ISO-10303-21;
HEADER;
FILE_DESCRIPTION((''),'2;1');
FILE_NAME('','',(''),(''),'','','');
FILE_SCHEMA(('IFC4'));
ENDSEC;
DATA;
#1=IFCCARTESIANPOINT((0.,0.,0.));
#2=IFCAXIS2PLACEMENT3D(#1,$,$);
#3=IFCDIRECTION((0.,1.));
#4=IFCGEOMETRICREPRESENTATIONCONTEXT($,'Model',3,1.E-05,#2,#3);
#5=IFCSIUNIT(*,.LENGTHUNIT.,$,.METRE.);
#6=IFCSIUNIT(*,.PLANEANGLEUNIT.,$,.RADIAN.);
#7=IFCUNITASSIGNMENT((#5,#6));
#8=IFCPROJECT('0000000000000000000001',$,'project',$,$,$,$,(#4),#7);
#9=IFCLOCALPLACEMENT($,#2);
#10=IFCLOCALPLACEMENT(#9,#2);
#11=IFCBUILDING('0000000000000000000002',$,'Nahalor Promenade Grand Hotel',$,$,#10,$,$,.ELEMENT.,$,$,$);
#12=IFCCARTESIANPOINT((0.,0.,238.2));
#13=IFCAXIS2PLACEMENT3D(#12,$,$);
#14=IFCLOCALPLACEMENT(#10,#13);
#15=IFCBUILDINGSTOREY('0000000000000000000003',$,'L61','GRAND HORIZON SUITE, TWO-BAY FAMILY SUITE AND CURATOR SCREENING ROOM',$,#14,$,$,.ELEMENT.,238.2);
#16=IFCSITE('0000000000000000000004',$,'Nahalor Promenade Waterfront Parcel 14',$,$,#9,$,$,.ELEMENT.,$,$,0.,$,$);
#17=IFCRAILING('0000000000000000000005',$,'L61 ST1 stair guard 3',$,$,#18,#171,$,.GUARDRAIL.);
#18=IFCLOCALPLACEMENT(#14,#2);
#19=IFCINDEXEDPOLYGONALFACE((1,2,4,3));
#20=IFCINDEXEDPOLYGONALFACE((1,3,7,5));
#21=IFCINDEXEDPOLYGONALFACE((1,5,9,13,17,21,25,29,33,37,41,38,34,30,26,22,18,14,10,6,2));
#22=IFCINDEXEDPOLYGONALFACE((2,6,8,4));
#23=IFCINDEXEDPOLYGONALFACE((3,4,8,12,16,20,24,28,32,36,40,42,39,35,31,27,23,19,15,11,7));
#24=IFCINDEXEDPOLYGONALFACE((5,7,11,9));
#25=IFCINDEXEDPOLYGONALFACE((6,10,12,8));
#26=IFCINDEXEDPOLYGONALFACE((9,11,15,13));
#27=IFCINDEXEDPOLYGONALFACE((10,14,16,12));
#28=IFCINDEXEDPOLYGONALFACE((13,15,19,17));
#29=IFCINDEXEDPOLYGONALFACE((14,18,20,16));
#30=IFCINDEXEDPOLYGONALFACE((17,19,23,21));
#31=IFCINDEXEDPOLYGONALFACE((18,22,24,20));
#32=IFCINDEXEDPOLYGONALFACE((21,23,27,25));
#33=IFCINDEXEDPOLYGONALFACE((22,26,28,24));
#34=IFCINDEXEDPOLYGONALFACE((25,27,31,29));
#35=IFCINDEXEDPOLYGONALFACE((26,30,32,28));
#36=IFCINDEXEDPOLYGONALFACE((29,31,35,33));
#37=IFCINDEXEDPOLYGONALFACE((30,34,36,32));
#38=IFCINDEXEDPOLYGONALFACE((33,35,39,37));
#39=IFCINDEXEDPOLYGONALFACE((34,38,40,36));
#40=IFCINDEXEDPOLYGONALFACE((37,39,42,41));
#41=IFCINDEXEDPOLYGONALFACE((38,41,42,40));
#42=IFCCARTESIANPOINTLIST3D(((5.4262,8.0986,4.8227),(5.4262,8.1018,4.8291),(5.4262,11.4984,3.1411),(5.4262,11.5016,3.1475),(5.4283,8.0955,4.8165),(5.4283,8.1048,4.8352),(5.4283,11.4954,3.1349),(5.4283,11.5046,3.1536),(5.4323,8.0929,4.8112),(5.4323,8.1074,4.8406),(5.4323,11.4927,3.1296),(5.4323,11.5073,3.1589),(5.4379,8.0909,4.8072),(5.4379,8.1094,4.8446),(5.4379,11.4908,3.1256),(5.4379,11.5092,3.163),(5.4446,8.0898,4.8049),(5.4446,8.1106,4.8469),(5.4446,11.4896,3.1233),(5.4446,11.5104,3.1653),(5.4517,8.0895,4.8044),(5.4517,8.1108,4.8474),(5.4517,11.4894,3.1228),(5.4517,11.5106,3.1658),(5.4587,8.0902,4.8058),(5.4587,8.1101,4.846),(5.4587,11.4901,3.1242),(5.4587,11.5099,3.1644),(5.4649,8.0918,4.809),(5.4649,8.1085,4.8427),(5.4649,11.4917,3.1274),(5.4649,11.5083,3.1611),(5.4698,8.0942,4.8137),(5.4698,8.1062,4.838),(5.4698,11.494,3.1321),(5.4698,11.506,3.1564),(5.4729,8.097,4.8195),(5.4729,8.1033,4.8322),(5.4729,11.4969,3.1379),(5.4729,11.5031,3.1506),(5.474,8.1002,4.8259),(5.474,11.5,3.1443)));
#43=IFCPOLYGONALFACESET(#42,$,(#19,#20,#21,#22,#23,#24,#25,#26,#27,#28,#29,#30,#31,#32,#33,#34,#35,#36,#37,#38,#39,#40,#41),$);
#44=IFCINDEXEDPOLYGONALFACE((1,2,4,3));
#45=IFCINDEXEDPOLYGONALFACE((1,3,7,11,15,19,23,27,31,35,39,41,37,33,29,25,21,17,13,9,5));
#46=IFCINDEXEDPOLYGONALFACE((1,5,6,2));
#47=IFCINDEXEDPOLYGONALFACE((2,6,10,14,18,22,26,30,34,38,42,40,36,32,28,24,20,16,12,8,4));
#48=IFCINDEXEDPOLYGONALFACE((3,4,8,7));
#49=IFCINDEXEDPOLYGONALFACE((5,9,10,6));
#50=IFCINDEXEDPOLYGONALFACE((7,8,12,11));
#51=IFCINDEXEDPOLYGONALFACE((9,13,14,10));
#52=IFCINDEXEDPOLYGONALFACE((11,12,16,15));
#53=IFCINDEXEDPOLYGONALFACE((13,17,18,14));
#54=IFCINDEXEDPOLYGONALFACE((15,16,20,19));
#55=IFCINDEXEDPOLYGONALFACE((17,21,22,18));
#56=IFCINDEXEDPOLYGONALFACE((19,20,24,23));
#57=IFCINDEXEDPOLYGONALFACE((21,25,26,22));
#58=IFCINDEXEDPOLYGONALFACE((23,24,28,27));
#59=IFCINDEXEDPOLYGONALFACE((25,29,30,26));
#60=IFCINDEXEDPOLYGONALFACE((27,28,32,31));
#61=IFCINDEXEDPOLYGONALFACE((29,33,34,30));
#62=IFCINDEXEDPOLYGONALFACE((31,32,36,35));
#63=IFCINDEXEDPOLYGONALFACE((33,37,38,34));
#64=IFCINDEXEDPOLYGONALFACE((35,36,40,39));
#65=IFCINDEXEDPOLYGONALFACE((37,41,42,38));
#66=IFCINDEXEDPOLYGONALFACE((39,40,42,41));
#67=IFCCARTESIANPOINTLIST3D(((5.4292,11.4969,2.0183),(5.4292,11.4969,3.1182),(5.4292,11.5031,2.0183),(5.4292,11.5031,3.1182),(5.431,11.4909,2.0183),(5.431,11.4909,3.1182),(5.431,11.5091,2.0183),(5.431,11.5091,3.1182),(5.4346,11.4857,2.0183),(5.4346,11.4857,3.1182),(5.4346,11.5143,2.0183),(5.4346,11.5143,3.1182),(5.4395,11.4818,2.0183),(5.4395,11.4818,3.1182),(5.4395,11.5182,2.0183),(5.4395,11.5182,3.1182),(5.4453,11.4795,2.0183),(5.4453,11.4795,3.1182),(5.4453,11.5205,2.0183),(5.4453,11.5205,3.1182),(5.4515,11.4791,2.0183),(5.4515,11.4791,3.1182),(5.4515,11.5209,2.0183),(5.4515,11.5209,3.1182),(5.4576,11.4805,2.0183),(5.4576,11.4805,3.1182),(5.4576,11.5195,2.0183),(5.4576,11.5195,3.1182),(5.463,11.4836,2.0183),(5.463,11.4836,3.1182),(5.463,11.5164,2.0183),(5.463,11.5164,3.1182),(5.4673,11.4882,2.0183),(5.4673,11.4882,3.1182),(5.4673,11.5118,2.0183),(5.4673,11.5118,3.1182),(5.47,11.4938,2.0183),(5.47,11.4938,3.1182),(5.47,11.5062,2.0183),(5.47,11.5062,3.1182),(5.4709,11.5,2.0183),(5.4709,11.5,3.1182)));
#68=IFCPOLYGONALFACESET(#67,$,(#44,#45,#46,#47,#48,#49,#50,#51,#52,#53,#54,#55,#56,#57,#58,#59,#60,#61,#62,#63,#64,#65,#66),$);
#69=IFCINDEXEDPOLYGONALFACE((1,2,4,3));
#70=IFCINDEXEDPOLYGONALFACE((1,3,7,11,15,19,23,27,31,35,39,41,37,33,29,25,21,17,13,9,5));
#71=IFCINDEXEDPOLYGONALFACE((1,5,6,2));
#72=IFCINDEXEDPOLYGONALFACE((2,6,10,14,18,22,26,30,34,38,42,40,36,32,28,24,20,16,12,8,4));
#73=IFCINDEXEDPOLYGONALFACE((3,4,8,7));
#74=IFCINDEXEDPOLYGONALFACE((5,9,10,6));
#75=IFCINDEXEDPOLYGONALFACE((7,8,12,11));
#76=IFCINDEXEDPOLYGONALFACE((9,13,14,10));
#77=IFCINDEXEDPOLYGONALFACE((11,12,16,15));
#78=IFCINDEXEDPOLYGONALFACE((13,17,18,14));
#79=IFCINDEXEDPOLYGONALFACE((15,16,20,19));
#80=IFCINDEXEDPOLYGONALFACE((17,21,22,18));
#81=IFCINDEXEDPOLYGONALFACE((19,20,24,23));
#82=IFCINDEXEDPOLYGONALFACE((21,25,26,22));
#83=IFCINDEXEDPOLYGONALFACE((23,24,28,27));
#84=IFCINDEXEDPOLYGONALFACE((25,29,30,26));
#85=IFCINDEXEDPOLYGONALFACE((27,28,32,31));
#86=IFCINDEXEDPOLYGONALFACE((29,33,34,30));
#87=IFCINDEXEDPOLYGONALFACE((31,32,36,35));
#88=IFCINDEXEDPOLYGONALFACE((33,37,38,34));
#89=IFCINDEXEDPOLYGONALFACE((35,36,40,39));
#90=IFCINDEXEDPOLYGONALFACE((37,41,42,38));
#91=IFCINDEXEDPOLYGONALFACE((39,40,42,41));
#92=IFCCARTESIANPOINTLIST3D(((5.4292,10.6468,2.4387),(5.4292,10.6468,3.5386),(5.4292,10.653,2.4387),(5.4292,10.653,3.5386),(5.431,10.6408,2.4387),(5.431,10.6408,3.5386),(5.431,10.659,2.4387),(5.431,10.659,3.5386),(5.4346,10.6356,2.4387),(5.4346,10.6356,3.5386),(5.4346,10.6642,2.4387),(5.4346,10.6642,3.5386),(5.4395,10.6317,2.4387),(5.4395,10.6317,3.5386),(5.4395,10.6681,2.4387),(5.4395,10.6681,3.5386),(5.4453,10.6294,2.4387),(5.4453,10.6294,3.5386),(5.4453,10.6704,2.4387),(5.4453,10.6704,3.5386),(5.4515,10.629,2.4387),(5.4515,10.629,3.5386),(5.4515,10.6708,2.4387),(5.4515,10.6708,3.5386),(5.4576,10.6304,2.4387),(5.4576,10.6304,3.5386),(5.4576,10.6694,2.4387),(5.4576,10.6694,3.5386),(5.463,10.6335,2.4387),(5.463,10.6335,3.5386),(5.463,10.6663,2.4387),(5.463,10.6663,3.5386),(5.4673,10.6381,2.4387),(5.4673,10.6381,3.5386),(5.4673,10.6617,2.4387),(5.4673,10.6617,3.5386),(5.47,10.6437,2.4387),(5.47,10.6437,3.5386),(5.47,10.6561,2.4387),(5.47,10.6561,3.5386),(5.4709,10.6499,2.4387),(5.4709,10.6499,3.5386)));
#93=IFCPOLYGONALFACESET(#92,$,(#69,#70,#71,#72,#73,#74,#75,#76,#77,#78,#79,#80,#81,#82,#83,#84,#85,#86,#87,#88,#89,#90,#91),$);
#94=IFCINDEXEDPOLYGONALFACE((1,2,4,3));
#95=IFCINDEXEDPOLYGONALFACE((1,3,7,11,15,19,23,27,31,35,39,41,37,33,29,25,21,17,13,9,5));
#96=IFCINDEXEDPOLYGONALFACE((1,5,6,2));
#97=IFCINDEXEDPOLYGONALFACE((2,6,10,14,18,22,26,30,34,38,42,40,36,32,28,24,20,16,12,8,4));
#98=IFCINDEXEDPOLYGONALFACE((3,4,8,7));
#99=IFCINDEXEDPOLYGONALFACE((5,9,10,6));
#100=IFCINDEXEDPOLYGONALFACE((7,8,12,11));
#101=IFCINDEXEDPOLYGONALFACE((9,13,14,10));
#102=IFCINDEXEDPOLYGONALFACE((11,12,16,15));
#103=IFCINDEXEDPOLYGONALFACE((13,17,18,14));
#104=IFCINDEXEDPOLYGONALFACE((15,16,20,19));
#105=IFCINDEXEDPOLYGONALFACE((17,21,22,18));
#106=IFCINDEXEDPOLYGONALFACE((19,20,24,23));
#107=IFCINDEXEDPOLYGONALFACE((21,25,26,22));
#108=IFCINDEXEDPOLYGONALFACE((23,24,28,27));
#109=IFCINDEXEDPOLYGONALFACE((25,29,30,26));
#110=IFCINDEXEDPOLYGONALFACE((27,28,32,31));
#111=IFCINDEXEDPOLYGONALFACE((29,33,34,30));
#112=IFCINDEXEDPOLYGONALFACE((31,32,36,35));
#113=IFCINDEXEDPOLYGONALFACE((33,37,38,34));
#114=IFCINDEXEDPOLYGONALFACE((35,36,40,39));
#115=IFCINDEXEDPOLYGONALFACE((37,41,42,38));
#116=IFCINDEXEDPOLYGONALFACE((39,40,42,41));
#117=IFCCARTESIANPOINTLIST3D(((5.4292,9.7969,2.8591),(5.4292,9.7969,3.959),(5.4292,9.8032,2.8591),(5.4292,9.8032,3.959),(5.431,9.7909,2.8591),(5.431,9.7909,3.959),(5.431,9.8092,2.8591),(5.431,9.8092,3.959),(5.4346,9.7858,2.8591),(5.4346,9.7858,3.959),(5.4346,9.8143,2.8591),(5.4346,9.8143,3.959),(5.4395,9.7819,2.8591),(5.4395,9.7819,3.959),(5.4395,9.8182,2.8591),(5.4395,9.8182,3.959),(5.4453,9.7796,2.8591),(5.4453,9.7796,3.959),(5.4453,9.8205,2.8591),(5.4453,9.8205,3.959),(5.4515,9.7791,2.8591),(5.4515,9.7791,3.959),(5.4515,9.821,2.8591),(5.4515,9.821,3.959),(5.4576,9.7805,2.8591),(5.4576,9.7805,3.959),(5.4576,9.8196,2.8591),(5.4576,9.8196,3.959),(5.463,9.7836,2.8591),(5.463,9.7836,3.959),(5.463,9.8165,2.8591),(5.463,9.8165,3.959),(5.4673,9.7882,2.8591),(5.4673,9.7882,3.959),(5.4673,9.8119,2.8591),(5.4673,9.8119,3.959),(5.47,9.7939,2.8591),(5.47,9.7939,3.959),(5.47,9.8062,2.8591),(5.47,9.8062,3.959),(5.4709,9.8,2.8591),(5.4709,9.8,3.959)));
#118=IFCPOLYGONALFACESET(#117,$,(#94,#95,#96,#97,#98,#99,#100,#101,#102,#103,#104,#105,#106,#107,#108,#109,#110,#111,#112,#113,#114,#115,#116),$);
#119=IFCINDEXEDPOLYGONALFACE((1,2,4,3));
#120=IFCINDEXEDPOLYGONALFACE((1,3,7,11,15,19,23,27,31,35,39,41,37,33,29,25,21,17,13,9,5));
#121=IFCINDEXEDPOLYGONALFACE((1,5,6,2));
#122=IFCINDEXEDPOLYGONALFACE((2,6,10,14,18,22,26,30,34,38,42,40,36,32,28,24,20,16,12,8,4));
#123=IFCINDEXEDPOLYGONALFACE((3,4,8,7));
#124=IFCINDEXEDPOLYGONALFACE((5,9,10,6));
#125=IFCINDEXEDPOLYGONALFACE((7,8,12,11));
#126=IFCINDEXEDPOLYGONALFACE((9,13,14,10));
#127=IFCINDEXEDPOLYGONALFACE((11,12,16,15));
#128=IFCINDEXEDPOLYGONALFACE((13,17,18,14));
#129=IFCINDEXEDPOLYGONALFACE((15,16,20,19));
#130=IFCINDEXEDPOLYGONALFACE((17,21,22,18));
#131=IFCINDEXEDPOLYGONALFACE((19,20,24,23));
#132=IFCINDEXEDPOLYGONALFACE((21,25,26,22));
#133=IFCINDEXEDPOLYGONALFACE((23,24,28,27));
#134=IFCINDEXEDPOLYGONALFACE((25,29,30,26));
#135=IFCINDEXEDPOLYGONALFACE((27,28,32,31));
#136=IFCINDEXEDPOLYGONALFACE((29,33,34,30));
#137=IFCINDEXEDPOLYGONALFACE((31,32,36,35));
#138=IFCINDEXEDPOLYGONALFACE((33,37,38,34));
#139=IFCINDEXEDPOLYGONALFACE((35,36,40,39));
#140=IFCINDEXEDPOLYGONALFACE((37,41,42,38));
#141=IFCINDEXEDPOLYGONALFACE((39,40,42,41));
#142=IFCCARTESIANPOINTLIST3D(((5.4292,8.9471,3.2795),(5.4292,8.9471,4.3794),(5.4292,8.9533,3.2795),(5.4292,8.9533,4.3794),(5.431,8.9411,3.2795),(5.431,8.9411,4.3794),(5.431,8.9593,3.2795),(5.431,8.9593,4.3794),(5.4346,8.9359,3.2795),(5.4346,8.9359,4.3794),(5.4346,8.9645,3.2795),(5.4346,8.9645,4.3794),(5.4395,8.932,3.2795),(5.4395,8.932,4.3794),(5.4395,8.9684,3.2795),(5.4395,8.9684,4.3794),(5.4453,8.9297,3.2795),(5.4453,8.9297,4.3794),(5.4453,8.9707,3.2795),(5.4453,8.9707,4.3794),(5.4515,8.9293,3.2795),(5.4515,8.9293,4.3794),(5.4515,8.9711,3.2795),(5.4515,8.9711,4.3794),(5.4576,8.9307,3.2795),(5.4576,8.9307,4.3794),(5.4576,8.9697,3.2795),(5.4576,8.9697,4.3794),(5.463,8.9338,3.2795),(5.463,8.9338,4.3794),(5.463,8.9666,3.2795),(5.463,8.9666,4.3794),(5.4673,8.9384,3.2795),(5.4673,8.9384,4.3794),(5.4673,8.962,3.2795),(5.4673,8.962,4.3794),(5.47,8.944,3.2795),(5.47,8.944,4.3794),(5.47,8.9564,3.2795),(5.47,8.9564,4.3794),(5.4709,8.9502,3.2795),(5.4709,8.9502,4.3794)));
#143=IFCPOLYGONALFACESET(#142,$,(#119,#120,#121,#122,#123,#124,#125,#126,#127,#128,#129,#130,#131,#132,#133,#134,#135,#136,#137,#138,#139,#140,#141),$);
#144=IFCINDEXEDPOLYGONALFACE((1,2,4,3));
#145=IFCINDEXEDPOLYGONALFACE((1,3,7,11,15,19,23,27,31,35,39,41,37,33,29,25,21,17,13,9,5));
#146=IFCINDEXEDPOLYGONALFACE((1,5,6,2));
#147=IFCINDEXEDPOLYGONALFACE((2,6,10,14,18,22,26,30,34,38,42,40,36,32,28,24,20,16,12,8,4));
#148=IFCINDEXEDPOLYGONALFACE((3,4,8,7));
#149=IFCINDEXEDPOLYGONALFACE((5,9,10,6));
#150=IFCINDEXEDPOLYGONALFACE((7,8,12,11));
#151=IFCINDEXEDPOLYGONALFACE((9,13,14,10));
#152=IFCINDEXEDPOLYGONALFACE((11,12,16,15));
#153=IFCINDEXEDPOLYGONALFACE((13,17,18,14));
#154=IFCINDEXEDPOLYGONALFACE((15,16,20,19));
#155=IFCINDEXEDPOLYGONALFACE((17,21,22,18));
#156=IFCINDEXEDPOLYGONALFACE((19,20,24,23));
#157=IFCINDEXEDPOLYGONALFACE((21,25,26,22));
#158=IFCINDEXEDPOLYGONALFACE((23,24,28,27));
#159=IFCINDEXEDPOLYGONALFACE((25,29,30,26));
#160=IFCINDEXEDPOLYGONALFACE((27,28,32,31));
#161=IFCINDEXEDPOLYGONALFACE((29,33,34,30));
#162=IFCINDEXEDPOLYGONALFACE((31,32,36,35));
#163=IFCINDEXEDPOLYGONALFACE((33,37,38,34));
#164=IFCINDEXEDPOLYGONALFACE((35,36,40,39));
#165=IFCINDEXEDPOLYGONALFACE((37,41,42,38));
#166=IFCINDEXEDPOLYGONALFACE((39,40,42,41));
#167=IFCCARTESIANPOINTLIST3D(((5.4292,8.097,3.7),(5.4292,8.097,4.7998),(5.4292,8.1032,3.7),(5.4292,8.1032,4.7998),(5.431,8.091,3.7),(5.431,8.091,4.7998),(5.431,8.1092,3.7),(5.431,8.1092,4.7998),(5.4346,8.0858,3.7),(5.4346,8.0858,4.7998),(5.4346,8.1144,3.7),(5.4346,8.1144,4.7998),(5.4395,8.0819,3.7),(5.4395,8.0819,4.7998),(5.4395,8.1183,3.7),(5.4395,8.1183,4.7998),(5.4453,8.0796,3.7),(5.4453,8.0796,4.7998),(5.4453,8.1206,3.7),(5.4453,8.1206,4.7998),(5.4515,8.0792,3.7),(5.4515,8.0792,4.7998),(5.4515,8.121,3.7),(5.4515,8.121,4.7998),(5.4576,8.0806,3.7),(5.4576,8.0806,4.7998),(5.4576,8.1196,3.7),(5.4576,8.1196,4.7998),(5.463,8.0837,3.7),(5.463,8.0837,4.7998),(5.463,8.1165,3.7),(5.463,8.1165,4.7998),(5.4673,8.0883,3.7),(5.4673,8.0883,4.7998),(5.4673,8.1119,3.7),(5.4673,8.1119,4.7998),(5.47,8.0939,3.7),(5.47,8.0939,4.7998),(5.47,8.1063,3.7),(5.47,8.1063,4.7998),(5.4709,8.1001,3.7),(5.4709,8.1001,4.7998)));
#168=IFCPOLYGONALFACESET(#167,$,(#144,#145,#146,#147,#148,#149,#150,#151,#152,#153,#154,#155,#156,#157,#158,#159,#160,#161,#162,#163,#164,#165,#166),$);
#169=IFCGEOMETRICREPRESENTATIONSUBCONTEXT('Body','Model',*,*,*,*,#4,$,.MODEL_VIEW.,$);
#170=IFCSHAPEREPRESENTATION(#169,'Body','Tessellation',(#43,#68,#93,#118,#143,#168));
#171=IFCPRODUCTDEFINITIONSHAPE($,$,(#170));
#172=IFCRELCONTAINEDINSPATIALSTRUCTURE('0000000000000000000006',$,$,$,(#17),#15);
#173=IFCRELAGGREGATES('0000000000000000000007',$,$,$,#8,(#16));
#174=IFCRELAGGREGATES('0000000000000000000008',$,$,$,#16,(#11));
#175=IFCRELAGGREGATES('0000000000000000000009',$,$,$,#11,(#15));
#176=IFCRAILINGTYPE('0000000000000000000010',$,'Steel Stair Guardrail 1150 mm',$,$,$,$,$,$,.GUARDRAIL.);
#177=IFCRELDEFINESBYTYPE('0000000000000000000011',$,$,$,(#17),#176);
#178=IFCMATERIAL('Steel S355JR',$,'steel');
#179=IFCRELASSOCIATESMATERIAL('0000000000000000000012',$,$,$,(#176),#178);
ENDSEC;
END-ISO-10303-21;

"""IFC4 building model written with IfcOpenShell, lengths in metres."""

from ifc_helpers import new_model, si_unit, direction, frame, origin, origin_2d, place, context, subcontext, project, spatial, circle, extrude, material, type_object, element, save


model = new_model("IFC4")

# Units and contexts
model_context = context("Model", 3, precision=1e-05, world=origin(), true_north=direction((0.0, 1.0)))
body_context = subcontext(model_context, "Body", "Model", "MODEL_VIEW")
ifc_project = project(units=[si_unit("LENGTHUNIT", "METRE"), si_unit("PLANEANGLEUNIT", "RADIAN")], contexts=[model_context])

# Site, building, storey
site_placement = place(None, origin())
site = spatial("IfcSite", under=ifc_project, at=site_placement, Name="Nahalor Promenade Waterfront Parcel 14", CompositionType="ELEMENT", RefElevation=0.0)
building_placement = place(site_placement, origin())
building = spatial("IfcBuilding", under=site, at=building_placement, Name="Nahalor Promenade Grand Hotel", CompositionType="ELEMENT")
storey_placement = place(building_placement, frame((0.0, 0.0, 238.2)))
storey = spatial("IfcBuildingStorey", under=building, at=storey_placement, Name="L61", Description="GRAND HORIZON SUITE, TWO-BAY FAMILY SUITE AND CURATOR SCREENING ROOM", CompositionType="ELEMENT", Elevation=238.2)

# Shared definitions
ifc_material_1 = material(Name="Steel S355JR", Category="steel")

# Railing
railing_type_1 = type_object("IfcRailingType", Name="Steel Stair Guardrail 1150 mm", PredefinedType="GUARDRAIL", material=ifc_material_1)
railing_1_placement = place(storey_placement, frame((5.45, 11.5, 2.0183)))
element("IfcRailing", 1, at=railing_1_placement, inside=storey, type_object=railing_type_1, Name="L61 ST1 stair guard 3", PredefinedType="GUARDRAIL", context=body_context, shape_type="SweptSolid", body=[
    extrude(circle(Radius=0.024, at=origin_2d()), frame((0.0, 0.0, 1.126), z_axis=(0.0, -0.89635, 0.443348), x_axis=(1.0, 0.0, 0.0)), (0.0, 0.0, 1.0), 3.793),
    extrude(circle(Radius=0.021, at=origin_2d()), origin(), (0.0, 0.0, 1.0), 1.0999),
    extrude(circle(Radius=0.021, at=origin_2d()), frame((0.0, -0.8501, 0.4204)), (0.0, 0.0, 1.0), 1.0999),
    extrude(circle(Radius=0.021, at=origin_2d()), frame((0.0, -1.7, 0.8408)), (0.0, 0.0, 1.0), 1.0999),
    extrude(circle(Radius=0.021, at=origin_2d()), frame((0.0, -2.5498, 1.2612)), (0.0, 0.0, 1.0), 1.0999),
    extrude(circle(Radius=0.021, at=origin_2d()), frame((0.0, -3.3999, 1.6816)), (0.0, 0.0, 1.0), 1.0999),
])

save(model, "model.ifc")
